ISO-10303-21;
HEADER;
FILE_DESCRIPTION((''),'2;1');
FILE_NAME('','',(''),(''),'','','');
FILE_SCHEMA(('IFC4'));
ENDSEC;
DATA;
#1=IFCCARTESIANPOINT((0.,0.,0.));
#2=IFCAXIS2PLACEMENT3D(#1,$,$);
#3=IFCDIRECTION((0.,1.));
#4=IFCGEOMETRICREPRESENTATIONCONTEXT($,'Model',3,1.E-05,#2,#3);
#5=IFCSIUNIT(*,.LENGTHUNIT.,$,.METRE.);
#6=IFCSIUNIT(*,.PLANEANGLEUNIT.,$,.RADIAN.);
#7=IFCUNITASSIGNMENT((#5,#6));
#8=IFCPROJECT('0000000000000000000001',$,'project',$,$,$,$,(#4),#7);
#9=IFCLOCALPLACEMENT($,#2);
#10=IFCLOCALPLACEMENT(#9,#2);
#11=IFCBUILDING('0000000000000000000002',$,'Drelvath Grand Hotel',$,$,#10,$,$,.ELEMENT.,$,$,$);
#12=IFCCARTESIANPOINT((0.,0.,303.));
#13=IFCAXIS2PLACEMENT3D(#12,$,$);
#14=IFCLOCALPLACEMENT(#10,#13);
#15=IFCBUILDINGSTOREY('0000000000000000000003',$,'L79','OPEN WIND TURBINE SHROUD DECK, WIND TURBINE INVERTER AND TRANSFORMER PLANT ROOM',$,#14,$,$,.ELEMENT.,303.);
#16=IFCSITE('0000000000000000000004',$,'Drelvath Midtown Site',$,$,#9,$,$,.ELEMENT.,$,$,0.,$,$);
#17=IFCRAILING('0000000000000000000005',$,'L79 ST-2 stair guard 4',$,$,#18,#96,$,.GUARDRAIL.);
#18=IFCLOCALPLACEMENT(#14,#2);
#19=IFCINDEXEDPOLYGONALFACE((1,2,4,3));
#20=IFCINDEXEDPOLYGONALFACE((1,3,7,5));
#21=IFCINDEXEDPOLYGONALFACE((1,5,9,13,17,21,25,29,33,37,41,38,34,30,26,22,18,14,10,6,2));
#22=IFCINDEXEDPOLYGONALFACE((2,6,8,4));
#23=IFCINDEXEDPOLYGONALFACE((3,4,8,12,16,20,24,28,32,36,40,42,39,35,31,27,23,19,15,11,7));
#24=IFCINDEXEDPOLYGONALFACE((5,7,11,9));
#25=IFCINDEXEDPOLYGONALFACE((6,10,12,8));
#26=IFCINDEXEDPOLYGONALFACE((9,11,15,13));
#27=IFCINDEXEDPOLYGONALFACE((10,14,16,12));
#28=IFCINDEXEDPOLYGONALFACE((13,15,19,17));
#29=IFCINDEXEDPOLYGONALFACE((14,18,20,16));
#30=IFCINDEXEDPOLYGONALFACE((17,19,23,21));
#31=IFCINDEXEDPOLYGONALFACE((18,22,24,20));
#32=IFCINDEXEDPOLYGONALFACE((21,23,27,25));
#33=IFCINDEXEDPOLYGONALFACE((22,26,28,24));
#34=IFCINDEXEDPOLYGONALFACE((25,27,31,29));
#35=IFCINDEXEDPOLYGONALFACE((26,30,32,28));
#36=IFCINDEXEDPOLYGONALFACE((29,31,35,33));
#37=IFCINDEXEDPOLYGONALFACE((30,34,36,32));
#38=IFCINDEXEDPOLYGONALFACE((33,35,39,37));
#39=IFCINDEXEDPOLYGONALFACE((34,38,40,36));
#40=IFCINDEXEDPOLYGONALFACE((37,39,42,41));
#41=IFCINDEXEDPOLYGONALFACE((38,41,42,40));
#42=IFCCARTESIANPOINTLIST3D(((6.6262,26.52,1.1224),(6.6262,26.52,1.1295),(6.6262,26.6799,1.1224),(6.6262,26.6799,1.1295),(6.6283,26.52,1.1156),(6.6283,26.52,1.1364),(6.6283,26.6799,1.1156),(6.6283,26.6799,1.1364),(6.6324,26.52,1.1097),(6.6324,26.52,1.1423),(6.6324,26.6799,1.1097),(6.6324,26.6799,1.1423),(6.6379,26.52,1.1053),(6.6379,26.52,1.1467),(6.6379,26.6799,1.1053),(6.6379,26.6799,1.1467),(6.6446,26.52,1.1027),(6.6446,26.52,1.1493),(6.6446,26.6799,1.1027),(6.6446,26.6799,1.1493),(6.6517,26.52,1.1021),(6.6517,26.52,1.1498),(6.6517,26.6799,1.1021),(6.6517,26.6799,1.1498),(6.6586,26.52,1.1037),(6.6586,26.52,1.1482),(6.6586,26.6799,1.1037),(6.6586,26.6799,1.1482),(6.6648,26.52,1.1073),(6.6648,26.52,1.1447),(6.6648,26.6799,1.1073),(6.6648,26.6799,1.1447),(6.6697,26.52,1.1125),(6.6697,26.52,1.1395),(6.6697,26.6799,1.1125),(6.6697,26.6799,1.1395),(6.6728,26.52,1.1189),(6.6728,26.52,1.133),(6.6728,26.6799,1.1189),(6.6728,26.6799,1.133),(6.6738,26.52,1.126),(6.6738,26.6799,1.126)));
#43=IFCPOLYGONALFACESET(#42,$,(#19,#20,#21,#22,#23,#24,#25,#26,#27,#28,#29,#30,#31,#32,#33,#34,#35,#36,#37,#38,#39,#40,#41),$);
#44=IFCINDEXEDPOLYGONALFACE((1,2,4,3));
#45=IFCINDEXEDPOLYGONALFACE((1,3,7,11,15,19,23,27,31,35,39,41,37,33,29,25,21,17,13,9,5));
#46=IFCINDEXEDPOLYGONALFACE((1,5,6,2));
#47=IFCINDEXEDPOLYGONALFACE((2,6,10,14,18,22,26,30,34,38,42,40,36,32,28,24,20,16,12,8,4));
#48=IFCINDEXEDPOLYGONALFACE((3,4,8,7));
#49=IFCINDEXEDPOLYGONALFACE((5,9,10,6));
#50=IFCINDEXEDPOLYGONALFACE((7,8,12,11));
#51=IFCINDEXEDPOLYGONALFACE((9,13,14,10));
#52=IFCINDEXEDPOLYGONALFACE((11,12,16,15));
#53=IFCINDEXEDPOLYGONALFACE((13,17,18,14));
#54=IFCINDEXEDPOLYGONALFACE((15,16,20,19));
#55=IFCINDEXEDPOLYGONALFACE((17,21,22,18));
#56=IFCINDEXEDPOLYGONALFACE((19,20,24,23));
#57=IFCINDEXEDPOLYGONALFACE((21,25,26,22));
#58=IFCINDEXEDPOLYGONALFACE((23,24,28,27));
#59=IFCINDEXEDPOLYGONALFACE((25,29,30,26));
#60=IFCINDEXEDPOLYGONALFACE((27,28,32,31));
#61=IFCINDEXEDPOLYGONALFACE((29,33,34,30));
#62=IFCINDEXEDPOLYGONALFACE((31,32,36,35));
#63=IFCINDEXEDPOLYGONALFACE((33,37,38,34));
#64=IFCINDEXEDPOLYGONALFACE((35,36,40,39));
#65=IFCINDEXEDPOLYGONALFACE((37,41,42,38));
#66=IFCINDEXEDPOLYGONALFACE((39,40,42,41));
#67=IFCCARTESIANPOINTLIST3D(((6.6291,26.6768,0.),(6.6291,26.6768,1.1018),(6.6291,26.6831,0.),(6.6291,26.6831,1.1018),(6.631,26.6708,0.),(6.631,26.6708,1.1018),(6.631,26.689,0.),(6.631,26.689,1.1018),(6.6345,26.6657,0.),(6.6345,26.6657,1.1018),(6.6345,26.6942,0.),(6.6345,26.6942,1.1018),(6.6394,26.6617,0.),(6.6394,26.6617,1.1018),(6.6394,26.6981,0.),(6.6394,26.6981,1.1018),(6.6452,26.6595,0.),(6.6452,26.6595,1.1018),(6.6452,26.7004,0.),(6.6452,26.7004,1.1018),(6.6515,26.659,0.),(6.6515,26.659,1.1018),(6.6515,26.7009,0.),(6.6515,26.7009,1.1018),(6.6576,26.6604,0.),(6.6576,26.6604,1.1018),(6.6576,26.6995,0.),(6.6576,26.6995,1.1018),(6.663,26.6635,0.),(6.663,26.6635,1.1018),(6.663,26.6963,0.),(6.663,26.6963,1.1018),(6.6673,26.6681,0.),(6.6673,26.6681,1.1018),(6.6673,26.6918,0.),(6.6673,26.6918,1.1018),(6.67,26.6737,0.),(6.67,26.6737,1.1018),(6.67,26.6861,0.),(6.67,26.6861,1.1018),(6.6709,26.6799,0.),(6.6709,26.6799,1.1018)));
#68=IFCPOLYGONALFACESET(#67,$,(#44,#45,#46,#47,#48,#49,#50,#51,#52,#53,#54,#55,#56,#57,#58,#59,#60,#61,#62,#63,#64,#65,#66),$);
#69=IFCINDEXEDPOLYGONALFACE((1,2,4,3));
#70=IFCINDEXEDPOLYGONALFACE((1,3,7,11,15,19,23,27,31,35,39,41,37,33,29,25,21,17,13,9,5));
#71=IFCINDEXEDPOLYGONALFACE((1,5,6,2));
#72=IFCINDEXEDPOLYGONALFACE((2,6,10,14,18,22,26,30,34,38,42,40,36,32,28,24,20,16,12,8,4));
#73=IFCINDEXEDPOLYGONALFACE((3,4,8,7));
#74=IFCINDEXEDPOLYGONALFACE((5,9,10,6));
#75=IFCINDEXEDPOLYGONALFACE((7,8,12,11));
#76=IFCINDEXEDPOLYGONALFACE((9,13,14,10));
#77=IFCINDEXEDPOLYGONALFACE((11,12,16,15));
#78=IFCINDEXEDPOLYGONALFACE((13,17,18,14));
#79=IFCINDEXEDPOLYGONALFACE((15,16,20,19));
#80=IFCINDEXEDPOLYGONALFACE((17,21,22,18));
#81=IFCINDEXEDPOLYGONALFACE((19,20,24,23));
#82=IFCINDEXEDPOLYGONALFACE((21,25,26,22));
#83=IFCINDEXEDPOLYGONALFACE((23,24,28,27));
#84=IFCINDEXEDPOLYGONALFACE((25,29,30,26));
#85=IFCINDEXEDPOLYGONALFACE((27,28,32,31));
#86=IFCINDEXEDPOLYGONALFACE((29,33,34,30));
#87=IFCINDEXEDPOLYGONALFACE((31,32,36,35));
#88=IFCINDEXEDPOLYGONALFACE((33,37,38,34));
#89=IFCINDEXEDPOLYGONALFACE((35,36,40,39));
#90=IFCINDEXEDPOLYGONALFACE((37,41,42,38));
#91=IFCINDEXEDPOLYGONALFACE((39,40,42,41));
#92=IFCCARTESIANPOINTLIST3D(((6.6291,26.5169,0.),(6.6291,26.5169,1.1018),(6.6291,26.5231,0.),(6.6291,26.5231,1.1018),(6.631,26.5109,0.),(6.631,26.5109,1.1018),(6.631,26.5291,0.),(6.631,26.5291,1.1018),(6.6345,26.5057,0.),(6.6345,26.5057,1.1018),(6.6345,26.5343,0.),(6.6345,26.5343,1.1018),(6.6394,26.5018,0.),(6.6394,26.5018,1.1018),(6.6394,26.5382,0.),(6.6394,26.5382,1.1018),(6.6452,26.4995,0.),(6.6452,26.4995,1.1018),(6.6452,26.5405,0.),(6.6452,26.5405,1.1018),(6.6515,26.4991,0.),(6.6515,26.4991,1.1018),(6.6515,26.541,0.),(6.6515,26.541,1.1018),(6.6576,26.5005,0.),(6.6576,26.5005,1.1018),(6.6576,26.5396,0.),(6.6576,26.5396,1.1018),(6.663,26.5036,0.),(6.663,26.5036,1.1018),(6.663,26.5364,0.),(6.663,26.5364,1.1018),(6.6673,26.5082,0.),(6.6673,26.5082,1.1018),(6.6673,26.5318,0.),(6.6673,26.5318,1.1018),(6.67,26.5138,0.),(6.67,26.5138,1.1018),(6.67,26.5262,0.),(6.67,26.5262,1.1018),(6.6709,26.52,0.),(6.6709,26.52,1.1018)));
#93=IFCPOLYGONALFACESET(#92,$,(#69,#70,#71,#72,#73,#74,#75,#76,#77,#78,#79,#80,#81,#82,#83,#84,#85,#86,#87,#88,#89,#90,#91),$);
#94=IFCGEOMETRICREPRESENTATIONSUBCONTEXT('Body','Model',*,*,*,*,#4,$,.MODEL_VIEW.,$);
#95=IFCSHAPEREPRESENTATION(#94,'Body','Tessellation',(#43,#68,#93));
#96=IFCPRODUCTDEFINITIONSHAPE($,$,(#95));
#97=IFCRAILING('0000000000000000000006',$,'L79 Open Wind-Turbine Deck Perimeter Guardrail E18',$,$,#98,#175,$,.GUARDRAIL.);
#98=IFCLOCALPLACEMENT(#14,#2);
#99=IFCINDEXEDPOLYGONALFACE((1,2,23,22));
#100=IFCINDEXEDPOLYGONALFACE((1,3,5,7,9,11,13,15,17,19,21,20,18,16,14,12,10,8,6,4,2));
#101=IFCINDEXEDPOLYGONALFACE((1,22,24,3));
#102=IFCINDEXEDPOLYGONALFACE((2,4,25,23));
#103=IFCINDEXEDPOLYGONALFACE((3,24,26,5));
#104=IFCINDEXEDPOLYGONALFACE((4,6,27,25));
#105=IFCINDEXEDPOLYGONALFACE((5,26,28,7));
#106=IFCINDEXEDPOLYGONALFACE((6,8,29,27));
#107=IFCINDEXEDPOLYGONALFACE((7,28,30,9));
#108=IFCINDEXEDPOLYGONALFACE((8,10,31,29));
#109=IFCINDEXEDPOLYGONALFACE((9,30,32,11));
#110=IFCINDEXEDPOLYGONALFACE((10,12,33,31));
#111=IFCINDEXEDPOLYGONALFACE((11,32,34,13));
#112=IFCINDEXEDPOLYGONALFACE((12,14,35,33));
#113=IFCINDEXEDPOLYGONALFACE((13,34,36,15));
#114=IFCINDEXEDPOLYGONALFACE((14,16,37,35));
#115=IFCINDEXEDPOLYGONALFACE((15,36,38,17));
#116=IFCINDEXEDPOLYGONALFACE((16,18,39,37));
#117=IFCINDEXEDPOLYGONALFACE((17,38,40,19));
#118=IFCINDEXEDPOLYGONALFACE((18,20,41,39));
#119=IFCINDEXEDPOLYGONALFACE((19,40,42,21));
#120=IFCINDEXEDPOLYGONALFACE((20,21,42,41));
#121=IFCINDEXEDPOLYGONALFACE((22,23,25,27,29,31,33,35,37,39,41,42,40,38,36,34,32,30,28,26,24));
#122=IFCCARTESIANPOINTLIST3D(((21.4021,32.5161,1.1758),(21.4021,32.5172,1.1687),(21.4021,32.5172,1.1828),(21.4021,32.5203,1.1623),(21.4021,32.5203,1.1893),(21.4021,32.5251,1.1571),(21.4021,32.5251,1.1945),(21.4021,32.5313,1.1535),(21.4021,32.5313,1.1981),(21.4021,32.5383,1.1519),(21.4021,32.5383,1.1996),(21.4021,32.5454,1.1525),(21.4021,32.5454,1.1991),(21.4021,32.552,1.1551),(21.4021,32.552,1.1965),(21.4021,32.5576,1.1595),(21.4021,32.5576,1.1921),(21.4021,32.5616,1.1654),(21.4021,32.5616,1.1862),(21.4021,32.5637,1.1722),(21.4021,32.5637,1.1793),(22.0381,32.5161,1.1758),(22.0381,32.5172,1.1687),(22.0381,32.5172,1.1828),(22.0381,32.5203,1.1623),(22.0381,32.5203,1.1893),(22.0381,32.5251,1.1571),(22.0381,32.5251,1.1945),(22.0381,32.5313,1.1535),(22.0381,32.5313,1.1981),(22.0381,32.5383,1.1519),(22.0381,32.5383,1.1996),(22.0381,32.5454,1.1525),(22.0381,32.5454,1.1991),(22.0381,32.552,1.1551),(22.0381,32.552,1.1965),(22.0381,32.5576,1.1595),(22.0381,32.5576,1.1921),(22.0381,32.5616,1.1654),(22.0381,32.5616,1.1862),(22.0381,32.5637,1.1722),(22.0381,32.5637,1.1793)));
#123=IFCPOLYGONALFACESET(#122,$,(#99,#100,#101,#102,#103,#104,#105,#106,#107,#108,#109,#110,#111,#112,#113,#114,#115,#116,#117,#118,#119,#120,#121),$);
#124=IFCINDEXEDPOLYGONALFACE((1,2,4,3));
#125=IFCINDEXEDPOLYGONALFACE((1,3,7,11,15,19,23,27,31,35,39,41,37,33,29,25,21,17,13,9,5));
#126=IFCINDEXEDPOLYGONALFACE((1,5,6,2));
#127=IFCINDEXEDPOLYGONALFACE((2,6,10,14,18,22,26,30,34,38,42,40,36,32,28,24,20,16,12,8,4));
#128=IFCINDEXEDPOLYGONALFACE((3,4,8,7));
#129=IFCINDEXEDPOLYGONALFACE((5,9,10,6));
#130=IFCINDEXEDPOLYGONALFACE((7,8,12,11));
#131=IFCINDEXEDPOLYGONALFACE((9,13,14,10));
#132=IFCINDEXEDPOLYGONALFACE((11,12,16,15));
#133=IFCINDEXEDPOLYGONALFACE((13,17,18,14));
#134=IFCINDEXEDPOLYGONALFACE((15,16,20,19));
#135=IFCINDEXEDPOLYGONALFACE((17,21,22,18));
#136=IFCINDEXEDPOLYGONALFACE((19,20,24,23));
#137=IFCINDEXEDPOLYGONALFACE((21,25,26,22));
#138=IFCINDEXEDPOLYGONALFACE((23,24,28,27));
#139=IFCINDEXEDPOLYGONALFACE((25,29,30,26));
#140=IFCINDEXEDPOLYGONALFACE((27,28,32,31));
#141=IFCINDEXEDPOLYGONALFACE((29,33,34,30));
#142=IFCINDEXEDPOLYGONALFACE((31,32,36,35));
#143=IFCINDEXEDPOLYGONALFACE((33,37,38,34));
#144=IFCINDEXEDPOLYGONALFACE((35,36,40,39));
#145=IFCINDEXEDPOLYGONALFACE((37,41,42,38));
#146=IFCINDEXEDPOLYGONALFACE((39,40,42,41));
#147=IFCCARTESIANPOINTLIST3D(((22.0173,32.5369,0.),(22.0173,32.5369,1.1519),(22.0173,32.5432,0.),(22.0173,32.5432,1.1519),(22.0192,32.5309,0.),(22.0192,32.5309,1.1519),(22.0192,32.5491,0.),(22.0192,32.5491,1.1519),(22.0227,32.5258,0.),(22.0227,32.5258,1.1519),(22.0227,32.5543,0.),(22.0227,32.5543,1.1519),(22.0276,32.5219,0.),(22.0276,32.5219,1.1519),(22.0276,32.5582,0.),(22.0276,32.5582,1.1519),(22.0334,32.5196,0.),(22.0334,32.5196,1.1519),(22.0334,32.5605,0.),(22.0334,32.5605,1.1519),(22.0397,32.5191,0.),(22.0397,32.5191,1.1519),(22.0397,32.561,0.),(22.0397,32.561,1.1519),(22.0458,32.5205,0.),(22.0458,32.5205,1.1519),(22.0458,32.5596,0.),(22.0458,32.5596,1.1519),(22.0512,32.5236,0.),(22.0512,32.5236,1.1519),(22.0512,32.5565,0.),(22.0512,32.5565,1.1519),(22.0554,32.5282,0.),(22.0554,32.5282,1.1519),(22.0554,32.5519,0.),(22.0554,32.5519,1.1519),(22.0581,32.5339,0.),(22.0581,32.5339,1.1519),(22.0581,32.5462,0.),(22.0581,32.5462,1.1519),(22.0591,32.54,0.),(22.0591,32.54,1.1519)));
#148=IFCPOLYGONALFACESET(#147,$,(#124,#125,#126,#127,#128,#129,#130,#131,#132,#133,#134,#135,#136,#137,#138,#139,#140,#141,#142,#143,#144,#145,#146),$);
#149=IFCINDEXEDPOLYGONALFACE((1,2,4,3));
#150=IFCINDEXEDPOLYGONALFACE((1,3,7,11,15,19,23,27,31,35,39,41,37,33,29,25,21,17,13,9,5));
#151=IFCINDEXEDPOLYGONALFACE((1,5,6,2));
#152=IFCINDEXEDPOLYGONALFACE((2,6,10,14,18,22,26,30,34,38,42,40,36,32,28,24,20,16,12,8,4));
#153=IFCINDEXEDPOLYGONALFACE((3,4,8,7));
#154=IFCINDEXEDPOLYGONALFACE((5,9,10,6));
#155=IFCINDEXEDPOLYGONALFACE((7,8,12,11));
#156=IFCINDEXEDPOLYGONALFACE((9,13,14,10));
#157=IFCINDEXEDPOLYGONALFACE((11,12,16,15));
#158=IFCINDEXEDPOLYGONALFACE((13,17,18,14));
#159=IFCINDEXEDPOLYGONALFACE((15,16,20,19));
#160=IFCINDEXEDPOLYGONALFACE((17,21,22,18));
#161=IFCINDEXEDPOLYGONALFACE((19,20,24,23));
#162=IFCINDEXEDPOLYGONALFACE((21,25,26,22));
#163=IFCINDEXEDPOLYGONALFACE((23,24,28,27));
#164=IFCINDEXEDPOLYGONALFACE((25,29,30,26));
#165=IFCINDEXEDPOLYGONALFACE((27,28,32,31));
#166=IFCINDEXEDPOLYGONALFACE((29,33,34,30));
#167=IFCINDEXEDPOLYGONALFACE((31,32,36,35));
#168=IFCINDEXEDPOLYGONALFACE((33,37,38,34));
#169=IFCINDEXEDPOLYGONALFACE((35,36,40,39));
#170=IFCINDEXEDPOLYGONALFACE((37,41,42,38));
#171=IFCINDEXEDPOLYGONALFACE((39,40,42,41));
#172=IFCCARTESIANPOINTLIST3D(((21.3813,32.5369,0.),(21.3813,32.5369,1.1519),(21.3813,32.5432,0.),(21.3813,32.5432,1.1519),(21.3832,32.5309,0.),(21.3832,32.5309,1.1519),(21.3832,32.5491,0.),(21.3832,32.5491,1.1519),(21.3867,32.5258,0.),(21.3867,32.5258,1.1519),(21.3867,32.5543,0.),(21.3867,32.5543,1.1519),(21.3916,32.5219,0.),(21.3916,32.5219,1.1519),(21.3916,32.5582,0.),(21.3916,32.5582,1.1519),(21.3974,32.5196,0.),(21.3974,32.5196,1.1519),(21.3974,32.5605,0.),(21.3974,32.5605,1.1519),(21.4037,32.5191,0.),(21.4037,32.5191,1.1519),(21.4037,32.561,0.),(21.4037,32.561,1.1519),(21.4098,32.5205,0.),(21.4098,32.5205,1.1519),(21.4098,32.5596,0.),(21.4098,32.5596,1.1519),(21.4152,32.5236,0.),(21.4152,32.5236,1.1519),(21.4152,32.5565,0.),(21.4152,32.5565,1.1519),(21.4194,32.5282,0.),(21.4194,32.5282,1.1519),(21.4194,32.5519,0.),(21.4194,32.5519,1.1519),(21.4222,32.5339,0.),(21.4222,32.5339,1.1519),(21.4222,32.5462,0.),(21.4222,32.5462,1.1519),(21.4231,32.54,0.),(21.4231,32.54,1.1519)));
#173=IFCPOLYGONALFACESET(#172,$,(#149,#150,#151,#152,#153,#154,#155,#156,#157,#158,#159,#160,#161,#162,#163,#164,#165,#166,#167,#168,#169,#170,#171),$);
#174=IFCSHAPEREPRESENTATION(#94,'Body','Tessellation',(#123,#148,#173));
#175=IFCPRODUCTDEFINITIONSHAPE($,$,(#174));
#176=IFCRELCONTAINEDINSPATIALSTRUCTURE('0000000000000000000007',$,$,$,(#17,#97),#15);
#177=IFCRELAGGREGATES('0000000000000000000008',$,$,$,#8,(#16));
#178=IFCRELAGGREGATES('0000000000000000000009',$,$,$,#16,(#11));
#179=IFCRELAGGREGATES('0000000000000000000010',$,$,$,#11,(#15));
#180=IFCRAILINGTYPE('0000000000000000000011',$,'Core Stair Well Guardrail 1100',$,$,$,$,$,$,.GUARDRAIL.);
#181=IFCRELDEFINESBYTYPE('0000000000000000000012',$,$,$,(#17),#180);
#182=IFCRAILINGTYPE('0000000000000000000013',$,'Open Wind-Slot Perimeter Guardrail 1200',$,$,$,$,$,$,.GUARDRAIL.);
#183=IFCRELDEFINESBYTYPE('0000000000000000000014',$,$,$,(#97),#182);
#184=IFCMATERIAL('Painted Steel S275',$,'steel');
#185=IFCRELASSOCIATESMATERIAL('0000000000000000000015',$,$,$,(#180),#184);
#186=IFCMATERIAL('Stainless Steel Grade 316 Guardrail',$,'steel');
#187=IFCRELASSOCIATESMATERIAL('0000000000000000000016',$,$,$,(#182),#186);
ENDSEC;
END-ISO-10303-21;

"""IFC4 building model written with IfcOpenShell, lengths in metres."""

from ifc_helpers import new_model, si_unit, direction, frame, origin, origin_2d, place, context, subcontext, project, spatial, circle, extrude, material, type_object, element, save


model = new_model("IFC4")

# Units and contexts
model_context = context("Model", 3, precision=1e-05, world=origin(), true_north=direction((0.0, 1.0)))
body_context = subcontext(model_context, "Body", "Model", "MODEL_VIEW")
ifc_project = project(units=[si_unit("LENGTHUNIT", "METRE"), si_unit("PLANEANGLEUNIT", "RADIAN")], contexts=[model_context])

# Site, building, storey
site_placement = place(None, origin())
site = spatial("IfcSite", under=ifc_project, at=site_placement, Name="Drelvath Midtown Site", CompositionType="ELEMENT", RefElevation=0.0)
building_placement = place(site_placement, origin())
building = spatial("IfcBuilding", under=site, at=building_placement, Name="Drelvath Grand Hotel", CompositionType="ELEMENT")
storey_placement = place(building_placement, frame((0.0, 0.0, 303.0)))
storey = spatial("IfcBuildingStorey", under=building, at=storey_placement, Name="L79", Description="OPEN WIND TURBINE SHROUD DECK, WIND TURBINE INVERTER AND TRANSFORMER PLANT ROOM", CompositionType="ELEMENT", Elevation=303.0)

# Shared definitions
ifc_material_1 = material(Name="Painted Steel S275", Category="steel")

# Railings
railing_type_1 = type_object("IfcRailingType", Name="Core Stair Well Guardrail 1100", PredefinedType="GUARDRAIL", material=ifc_material_1)
railing_1_placement = place(storey_placement, frame((6.6499, 26.6799, 0.0)))
element("IfcRailing", 1, at=railing_1_placement, inside=storey, type_object=railing_type_1, Name="L79 ST-2 stair guard 4", PredefinedType="GUARDRAIL", context=body_context, shape_type="SweptSolid", body=[
    extrude(circle(Radius=0.0239, at=origin_2d()), frame((0.0, 0.0, 1.126), z_axis=(0.0, -1.0, 0.0), x_axis=(1.0, 0.0, 0.0)), (0.0, 0.0, 1.0), 0.1599),
    extrude(circle(Radius=0.021, at=origin_2d()), origin(), (0.0, 0.0, 1.0), 1.1018),
    extrude(circle(Radius=0.021, at=origin_2d()), frame((0.0, -0.1599, 0.0)), (0.0, 0.0, 1.0), 1.1018),
])
ifc_material_2 = material(Name="Stainless Steel Grade 316 Guardrail", Category="steel")
railing_type_2 = type_object("IfcRailingType", Name="Open Wind-Slot Perimeter Guardrail 1200", PredefinedType="GUARDRAIL", material=ifc_material_2)
railing_2_placement = place(storey_placement, frame((22.0381, 32.54, 0.0)))
element("IfcRailing", 2, at=railing_2_placement, inside=storey, type_object=railing_type_2, Name="L79 Open Wind-Turbine Deck Perimeter Guardrail E18", PredefinedType="GUARDRAIL", context=body_context, shape_type="SweptSolid", body=[
    extrude(circle(Radius=0.0239, at=origin_2d()), frame((0.0, 0.0, 1.1758), z_axis=(-1.0, 0.0, 0.0), x_axis=(0.0, -1.0, 0.0)), (0.0, 0.0, 1.0), 0.636),
    extrude(circle(Radius=0.021, at=origin_2d()), origin(), (0.0, 0.0, 1.0), 1.1519),
    extrude(circle(Radius=0.021, at=origin_2d()), frame((-0.636, 0.0, 0.0)), (0.0, 0.0, 1.0), 1.1519),
])

save(model, "model.ifc")
